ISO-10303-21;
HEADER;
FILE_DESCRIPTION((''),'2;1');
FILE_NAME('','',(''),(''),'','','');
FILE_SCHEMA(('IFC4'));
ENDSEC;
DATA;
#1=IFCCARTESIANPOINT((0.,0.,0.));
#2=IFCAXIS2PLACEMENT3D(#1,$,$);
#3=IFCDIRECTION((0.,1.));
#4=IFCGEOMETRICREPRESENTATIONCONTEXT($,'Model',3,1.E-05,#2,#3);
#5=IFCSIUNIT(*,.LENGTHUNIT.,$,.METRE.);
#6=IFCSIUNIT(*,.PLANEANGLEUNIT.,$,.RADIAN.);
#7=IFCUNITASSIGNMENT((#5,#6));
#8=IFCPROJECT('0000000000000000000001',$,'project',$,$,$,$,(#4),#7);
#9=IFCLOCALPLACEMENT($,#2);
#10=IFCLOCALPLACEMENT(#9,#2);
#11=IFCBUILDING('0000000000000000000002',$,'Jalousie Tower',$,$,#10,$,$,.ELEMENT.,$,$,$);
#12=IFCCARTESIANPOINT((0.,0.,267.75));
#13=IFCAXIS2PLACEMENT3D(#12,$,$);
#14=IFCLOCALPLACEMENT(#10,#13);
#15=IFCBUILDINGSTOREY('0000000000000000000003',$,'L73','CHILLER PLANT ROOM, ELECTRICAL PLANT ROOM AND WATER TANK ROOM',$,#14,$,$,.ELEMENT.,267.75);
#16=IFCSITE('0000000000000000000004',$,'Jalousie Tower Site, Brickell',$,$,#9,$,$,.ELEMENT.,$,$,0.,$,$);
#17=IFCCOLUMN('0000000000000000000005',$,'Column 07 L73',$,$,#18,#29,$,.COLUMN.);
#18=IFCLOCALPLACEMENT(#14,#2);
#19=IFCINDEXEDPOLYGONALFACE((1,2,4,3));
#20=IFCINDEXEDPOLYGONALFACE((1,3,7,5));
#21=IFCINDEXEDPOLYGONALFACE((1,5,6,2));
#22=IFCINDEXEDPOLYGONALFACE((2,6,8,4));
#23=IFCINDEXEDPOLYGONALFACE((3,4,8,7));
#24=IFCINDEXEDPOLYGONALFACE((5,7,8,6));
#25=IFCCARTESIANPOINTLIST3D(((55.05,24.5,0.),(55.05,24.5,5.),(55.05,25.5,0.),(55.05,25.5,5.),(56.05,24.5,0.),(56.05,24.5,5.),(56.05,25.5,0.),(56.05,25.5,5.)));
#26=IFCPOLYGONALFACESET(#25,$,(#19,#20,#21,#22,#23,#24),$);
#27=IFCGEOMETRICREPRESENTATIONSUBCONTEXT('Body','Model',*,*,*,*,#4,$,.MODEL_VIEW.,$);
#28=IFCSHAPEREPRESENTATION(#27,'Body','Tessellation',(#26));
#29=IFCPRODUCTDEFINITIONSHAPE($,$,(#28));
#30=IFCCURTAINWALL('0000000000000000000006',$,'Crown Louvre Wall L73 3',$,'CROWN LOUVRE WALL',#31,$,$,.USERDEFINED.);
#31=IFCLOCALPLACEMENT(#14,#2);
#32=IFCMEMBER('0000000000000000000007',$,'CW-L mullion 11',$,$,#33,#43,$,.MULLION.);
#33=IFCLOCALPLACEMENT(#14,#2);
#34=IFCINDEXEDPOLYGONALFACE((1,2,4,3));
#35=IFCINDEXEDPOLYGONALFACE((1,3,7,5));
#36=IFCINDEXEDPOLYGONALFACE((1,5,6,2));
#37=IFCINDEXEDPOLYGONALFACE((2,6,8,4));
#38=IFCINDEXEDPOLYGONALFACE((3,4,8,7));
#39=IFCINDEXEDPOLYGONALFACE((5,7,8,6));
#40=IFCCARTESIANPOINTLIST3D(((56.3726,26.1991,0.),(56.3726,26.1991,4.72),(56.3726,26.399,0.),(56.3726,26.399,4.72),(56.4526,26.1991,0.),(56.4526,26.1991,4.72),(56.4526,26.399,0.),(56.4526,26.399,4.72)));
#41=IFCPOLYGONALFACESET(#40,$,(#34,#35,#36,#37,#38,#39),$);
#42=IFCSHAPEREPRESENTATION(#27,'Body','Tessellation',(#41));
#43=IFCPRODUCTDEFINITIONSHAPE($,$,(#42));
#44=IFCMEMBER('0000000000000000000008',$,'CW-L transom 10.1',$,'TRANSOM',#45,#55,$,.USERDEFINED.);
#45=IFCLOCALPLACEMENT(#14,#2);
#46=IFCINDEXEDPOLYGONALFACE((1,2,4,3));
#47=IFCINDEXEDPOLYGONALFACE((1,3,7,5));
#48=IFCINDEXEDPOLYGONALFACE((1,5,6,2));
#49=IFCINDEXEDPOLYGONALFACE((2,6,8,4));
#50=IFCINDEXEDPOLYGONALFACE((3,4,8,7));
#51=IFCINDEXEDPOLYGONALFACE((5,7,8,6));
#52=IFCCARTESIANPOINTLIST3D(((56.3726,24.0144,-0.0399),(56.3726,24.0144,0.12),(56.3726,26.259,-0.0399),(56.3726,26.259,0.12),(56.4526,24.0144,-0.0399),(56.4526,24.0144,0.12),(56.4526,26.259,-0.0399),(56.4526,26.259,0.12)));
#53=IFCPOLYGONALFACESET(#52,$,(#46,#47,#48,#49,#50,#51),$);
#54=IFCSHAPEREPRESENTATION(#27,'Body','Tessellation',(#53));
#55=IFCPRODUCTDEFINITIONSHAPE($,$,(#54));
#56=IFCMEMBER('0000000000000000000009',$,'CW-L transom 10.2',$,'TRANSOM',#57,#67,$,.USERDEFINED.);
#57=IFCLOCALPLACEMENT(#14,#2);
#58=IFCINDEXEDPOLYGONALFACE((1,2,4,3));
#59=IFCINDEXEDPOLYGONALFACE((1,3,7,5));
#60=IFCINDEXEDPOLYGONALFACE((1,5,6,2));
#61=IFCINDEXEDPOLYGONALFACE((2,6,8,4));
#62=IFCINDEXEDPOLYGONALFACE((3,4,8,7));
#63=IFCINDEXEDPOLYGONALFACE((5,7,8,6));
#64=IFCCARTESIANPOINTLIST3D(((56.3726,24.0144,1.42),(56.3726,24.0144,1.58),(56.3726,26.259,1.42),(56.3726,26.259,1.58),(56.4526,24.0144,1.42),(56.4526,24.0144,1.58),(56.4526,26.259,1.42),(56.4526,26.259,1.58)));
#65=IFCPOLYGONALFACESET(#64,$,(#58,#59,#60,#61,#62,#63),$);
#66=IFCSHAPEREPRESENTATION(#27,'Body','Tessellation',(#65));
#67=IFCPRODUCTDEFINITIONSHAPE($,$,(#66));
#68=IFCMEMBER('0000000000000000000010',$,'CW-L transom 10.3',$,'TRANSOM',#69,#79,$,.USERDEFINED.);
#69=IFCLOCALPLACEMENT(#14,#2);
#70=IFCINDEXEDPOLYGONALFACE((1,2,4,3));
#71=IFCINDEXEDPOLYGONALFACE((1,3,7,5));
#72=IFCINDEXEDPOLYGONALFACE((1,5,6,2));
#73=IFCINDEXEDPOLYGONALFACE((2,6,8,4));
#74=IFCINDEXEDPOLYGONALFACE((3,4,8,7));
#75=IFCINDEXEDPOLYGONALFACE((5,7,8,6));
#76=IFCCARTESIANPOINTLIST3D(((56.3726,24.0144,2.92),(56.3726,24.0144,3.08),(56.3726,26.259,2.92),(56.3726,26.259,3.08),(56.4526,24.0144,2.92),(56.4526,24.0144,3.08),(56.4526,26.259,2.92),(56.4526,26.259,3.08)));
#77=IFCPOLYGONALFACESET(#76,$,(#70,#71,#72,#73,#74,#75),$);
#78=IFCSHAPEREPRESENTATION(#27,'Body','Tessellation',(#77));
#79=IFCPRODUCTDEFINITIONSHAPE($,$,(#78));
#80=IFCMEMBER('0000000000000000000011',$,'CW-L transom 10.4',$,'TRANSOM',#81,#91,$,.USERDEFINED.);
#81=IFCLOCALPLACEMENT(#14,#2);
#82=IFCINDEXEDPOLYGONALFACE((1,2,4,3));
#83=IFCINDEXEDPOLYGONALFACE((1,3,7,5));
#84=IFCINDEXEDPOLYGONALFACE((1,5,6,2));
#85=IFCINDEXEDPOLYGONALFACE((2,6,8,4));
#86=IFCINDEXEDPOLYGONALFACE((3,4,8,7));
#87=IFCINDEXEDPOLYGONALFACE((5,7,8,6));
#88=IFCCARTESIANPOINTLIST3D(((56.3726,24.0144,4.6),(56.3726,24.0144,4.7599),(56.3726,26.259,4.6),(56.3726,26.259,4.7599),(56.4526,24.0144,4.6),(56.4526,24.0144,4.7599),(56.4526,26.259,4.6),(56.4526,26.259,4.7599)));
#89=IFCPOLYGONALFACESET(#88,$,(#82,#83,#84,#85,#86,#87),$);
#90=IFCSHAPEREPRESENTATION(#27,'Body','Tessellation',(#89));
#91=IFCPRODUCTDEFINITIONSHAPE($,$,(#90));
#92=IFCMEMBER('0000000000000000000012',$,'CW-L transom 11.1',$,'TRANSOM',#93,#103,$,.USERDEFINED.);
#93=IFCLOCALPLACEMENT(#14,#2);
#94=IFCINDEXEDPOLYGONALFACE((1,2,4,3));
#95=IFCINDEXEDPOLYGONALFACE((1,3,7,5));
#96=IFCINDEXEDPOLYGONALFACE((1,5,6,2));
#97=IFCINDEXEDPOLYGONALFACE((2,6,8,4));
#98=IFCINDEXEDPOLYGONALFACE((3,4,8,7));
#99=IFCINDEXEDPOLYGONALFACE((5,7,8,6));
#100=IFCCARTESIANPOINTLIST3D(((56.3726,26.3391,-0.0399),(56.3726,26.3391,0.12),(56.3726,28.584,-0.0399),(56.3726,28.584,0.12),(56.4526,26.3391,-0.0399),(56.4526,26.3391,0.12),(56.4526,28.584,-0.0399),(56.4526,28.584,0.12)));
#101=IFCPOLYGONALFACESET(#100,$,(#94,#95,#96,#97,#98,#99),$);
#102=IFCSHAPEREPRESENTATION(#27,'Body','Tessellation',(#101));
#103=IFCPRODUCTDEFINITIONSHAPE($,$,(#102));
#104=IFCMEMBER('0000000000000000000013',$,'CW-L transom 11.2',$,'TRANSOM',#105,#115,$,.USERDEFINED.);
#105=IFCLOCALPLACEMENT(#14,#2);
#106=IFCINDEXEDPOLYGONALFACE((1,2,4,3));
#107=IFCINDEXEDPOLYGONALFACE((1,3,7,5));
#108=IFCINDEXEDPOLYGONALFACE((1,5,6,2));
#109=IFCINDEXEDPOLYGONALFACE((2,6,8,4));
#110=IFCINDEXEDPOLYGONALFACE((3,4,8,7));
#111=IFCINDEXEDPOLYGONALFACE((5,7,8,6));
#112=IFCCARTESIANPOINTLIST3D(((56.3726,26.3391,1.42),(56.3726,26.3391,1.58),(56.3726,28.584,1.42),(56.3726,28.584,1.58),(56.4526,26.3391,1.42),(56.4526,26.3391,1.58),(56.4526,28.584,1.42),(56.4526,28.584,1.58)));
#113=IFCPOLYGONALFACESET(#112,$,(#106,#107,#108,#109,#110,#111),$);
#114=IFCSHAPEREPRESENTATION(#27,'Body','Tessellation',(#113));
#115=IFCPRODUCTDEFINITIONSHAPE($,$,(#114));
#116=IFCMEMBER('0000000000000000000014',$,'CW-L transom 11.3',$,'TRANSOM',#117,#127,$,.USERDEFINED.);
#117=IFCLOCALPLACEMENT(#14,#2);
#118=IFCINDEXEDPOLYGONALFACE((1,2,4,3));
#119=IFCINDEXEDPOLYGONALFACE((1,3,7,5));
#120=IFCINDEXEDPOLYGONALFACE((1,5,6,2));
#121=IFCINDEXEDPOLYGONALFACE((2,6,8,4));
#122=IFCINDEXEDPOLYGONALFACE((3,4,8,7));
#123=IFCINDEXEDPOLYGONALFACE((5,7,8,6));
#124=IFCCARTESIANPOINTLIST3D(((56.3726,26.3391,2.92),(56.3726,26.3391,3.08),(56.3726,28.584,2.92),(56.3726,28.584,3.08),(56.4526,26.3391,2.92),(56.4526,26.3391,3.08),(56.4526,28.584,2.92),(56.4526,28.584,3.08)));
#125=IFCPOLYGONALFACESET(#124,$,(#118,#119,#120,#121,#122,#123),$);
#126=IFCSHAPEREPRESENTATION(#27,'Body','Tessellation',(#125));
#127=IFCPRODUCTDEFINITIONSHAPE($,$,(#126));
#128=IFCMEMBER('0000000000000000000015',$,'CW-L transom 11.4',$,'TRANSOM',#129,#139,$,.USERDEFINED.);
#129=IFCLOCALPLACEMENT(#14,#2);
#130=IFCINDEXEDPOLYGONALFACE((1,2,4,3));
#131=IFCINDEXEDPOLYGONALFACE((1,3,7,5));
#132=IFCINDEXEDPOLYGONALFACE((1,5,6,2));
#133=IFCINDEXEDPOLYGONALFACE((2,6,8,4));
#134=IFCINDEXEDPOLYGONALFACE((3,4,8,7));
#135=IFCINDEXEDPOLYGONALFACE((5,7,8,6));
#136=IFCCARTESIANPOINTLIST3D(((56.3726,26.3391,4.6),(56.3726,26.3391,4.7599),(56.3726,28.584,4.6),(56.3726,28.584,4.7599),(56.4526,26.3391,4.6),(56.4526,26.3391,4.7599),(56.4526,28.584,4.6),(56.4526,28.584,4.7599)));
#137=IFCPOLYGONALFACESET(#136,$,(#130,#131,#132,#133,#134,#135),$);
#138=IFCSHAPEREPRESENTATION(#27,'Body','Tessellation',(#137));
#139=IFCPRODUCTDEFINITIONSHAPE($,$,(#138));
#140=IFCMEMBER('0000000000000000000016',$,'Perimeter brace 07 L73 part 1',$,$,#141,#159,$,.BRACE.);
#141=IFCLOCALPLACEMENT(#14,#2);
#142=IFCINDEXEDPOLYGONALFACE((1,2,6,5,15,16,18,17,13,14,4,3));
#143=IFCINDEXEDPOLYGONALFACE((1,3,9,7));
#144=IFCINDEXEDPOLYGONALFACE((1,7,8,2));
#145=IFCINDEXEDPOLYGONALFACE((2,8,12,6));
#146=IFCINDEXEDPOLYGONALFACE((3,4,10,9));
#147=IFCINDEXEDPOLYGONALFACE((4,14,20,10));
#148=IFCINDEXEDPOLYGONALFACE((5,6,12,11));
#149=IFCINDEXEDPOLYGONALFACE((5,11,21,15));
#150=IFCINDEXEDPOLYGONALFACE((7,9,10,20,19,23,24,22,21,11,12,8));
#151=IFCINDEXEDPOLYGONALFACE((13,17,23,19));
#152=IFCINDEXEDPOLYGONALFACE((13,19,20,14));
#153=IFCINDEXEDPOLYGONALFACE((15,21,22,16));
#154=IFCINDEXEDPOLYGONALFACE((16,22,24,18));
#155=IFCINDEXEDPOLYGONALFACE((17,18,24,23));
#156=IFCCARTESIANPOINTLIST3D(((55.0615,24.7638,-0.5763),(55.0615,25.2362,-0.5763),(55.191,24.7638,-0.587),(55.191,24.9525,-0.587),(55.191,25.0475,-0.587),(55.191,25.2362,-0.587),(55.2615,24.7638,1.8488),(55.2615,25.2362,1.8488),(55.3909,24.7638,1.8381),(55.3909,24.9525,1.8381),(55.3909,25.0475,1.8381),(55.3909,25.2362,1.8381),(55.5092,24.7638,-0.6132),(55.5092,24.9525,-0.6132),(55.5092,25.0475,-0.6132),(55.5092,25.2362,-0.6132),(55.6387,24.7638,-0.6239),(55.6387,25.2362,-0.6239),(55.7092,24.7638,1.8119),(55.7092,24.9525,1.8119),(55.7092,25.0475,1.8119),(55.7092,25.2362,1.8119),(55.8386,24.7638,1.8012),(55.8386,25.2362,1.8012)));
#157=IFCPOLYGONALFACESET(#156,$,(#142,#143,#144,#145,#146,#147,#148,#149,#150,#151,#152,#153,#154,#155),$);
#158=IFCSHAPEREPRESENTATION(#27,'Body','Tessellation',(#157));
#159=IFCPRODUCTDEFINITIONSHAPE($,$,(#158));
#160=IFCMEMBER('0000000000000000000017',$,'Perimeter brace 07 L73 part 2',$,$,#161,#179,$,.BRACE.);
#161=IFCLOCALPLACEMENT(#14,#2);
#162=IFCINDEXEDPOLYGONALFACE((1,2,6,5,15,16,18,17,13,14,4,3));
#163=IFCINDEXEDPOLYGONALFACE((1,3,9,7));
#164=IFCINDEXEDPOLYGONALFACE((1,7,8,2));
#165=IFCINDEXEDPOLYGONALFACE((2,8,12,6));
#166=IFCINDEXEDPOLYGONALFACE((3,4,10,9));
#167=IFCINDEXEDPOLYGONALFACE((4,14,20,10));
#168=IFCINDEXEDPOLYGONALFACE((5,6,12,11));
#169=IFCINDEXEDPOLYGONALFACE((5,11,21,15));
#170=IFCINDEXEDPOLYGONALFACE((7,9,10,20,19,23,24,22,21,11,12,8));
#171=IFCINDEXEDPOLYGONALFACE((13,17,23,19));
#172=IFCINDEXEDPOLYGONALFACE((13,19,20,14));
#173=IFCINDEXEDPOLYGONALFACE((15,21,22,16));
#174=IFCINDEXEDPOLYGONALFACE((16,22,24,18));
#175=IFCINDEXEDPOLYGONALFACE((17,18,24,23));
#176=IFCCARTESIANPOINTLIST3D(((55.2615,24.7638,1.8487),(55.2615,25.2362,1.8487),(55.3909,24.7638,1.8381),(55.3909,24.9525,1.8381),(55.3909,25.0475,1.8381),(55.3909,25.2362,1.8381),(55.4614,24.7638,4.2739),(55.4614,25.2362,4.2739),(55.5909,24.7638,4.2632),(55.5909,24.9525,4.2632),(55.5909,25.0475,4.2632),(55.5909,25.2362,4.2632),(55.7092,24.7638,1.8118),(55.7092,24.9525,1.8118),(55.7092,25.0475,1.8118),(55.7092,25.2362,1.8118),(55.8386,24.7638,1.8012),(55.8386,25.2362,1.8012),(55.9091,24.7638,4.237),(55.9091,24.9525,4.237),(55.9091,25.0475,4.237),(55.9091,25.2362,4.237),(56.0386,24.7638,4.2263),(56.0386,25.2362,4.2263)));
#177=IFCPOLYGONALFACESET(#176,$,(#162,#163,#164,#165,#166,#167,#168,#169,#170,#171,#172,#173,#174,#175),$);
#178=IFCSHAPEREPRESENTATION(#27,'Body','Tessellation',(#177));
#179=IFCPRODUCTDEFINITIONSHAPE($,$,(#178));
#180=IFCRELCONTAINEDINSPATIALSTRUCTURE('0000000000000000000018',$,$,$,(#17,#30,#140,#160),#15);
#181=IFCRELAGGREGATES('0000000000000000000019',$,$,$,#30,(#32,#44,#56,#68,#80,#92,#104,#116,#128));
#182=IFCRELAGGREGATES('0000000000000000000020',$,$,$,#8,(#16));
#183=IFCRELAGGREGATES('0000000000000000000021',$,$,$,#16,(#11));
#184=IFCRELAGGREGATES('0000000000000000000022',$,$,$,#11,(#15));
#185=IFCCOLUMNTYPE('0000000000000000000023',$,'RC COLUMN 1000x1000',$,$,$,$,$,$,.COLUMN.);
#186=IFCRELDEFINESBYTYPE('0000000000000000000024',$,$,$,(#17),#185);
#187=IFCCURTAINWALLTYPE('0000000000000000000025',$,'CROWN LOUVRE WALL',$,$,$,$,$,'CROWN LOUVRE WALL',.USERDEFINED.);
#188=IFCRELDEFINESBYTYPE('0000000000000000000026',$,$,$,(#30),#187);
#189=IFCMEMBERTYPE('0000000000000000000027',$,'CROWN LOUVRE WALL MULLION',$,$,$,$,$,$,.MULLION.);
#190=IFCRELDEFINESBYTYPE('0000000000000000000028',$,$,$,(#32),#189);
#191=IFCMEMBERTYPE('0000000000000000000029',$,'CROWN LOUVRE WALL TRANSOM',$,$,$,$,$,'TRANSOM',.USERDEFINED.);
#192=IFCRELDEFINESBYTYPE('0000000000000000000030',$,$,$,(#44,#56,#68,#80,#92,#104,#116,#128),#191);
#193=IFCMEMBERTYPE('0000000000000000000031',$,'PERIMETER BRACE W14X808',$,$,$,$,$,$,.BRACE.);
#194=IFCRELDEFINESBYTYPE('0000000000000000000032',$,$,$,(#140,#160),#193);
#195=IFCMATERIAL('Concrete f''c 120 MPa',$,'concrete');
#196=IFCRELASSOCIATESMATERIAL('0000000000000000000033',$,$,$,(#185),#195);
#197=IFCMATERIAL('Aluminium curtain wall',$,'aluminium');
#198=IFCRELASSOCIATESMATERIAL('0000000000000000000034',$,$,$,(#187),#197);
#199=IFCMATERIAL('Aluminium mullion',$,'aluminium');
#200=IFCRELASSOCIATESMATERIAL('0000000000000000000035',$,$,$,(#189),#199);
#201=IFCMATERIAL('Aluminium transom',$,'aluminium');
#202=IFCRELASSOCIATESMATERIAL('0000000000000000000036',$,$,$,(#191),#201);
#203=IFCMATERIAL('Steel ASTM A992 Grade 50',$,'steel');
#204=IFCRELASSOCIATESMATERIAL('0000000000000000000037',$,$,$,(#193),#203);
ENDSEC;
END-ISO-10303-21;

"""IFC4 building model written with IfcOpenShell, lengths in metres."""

from ifc_helpers import new_model, si_unit, direction, frame, origin, origin_2d, place, context, subcontext, project, spatial, rectangle, i_section, extrude, material, material_profile, profile_set, type_object, element, aggregate, save


model = new_model("IFC4")

# Units and contexts
model_context = context("Model", 3, precision=1e-05, world=origin(), true_north=direction((0.0, 1.0)))
body_context = subcontext(model_context, "Body", "Model", "MODEL_VIEW")
ifc_project = project(units=[si_unit("LENGTHUNIT", "METRE"), si_unit("PLANEANGLEUNIT", "RADIAN")], contexts=[model_context])

# Site, building, storey
site_placement = place(None, origin())
site = spatial("IfcSite", under=ifc_project, at=site_placement, Name="Jalousie Tower Site, Brickell", CompositionType="ELEMENT", RefElevation=0.0)
building_placement = place(site_placement, origin())
building = spatial("IfcBuilding", under=site, at=building_placement, Name="Jalousie Tower", CompositionType="ELEMENT")
storey_placement = place(building_placement, frame((0.0, 0.0, 267.75)))
storey = spatial("IfcBuildingStorey", under=building, at=storey_placement, Name="L73", Description="CHILLER PLANT ROOM, ELECTRICAL PLANT ROOM AND WATER TANK ROOM", CompositionType="ELEMENT", Elevation=267.75)

# Column
ifc_material_1 = material(Name="Concrete f'c 120 MPa", Category="concrete")
ifc_material_profile_1 = material_profile(ifc_material_1, rectangle(XDim=1.0, YDim=1.0, at=origin_2d()), Name="RC 1000x1000")
ifc_profile_set_1 = profile_set([ifc_material_profile_1], Name="Concrete f'c 120 MPa")
column_type = type_object("IfcColumnType", Name="RC COLUMN 1000x1000", PredefinedType="COLUMN", material=ifc_profile_set_1)
column_placement = place(storey_placement, frame((55.55, 25.0, 0.0), z_axis=(0.0, 0.0, 1.0), x_axis=(1.0, 0.0, 0.0)))
element("IfcColumn", 1, at=column_placement, inside=storey, type_object=column_type, Name="Column 07 L73", PredefinedType="COLUMN", context=body_context, shape_type="SweptSolid", body=[
    extrude(rectangle(XDim=1.0, YDim=1.0, at=origin_2d()), origin(), (0.0, 0.0, 1.0), 5.0),
])

# Curtain wall, members
ifc_material_2 = material(Name="Aluminium curtain wall", Category="aluminium")
curtain_wall_type = type_object("IfcCurtainWallType", Name="CROWN LOUVRE WALL", ElementType="CROWN LOUVRE WALL", PredefinedType="USERDEFINED", material=ifc_material_2)
curtain_wall_placement = place(storey_placement, origin())
curtain_wall = element("IfcCurtainWall", 2, at=curtain_wall_placement, inside=storey, type_object=curtain_wall_type, Name="Crown Louvre Wall L73 3", ObjectType="CROWN LOUVRE WALL", PredefinedType="USERDEFINED")
ifc_material_3 = material(Name="Aluminium mullion", Category="aluminium")
ifc_material_profile_2 = material_profile(ifc_material_3, rectangle(XDim=0.0801, YDim=0.2, at=origin_2d()), Name="MULLION 80x200")
ifc_profile_set_2 = profile_set([ifc_material_profile_2], Name="Aluminium mullion")
member_type_1 = type_object("IfcMemberType", Name="CROWN LOUVRE WALL MULLION", PredefinedType="MULLION", material=ifc_profile_set_2)
member_1_placement = place(storey_placement, frame((56.4126, 26.2991, 0.0), z_axis=(0.0, 0.0, 1.0), x_axis=(-1.0, 0.0, 0.0)))
member_1 = element("IfcMember", 3, at=member_1_placement, type_object=member_type_1, Name="CW-L mullion 11", PredefinedType="MULLION", context=body_context, shape_type="SweptSolid", body=[
    extrude(rectangle(XDim=0.0801, YDim=0.2, at=origin_2d()), origin(), (0.0, 0.0, 1.0), 4.72),
])
ifc_material_4 = material(Name="Aluminium transom", Category="aluminium")
ifc_material_profile_3 = material_profile(ifc_material_4, rectangle(XDim=0.0801, YDim=0.1599, at=origin_2d()), Name="TRANSOM 80x160")
ifc_profile_set_3 = profile_set([ifc_material_profile_3], Name="Aluminium transom")
member_type_2 = type_object("IfcMemberType", Name="CROWN LOUVRE WALL TRANSOM", ElementType="TRANSOM", PredefinedType="USERDEFINED", material=ifc_profile_set_3)
member_2_placement = place(storey_placement, frame((56.4126, 24.0144, 0.04), z_axis=(0.0, 1.0, 0.0), x_axis=(-1.0, 0.0, 0.0)))
member_2 = element("IfcMember", 4, at=member_2_placement, type_object=member_type_2, Name="CW-L transom 10.1", ObjectType="TRANSOM", PredefinedType="USERDEFINED", context=body_context, shape_type="SweptSolid", body=[
    extrude(rectangle(XDim=0.0801, YDim=0.1599, at=origin_2d()), origin(), (0.0, 0.0, 1.0), 2.2446),
])
member_3_placement = place(storey_placement, frame((56.4126, 24.0144, 1.5), z_axis=(0.0, 1.0, 0.0), x_axis=(-1.0, 0.0, 0.0)))
member_3 = element("IfcMember", 5, at=member_3_placement, type_object=member_type_2, Name="CW-L transom 10.2", ObjectType="TRANSOM", PredefinedType="USERDEFINED", context=body_context, shape_type="SweptSolid", body=[
    extrude(rectangle(XDim=0.0801, YDim=0.1599, at=origin_2d()), origin(), (0.0, 0.0, 1.0), 2.2446),
])
member_4_placement = place(storey_placement, frame((56.4126, 24.0144, 3.0), z_axis=(0.0, 1.0, 0.0), x_axis=(-1.0, 0.0, 0.0)))
member_4 = element("IfcMember", 6, at=member_4_placement, type_object=member_type_2, Name="CW-L transom 10.3", ObjectType="TRANSOM", PredefinedType="USERDEFINED", context=body_context, shape_type="SweptSolid", body=[
    extrude(rectangle(XDim=0.0801, YDim=0.1599, at=origin_2d()), origin(), (0.0, 0.0, 1.0), 2.2446),
])
member_5_placement = place(storey_placement, frame((56.4126, 24.0144, 4.6799), z_axis=(0.0, 1.0, 0.0), x_axis=(-1.0, 0.0, 0.0)))
member_5 = element("IfcMember", 7, at=member_5_placement, type_object=member_type_2, Name="CW-L transom 10.4", ObjectType="TRANSOM", PredefinedType="USERDEFINED", context=body_context, shape_type="SweptSolid", body=[
    extrude(rectangle(XDim=0.0801, YDim=0.1599, at=origin_2d()), origin(), (0.0, 0.0, 1.0), 2.2446),
])
member_6_placement = place(storey_placement, frame((56.4126, 26.3391, 0.04), z_axis=(0.0, 1.0, 0.0), x_axis=(-1.0, 0.0, 0.0)))
member_6 = element("IfcMember", 8, at=member_6_placement, type_object=member_type_2, Name="CW-L transom 11.1", ObjectType="TRANSOM", PredefinedType="USERDEFINED", context=body_context, shape_type="SweptSolid", body=[
    extrude(rectangle(XDim=0.0801, YDim=0.1599, at=origin_2d()), origin(), (0.0, 0.0, 1.0), 2.2449),
])
member_7_placement = place(storey_placement, frame((56.4126, 26.3391, 1.5), z_axis=(0.0, 1.0, 0.0), x_axis=(-1.0, 0.0, 0.0)))
member_7 = element("IfcMember", 9, at=member_7_placement, type_object=member_type_2, Name="CW-L transom 11.2", ObjectType="TRANSOM", PredefinedType="USERDEFINED", context=body_context, shape_type="SweptSolid", body=[
    extrude(rectangle(XDim=0.0801, YDim=0.1599, at=origin_2d()), origin(), (0.0, 0.0, 1.0), 2.2449),
])
member_8_placement = place(storey_placement, frame((56.4126, 26.3391, 3.0), z_axis=(0.0, 1.0, 0.0), x_axis=(-1.0, 0.0, 0.0)))
member_8 = element("IfcMember", 10, at=member_8_placement, type_object=member_type_2, Name="CW-L transom 11.3", ObjectType="TRANSOM", PredefinedType="USERDEFINED", context=body_context, shape_type="SweptSolid", body=[
    extrude(rectangle(XDim=0.0801, YDim=0.1599, at=origin_2d()), origin(), (0.0, 0.0, 1.0), 2.2449),
])
member_9_placement = place(storey_placement, frame((56.4126, 26.3391, 4.6799), z_axis=(0.0, 1.0, 0.0), x_axis=(-1.0, 0.0, 0.0)))
member_9 = element("IfcMember", 11, at=member_9_placement, type_object=member_type_2, Name="CW-L transom 11.4", ObjectType="TRANSOM", PredefinedType="USERDEFINED", context=body_context, shape_type="SweptSolid", body=[
    extrude(rectangle(XDim=0.0801, YDim=0.1599, at=origin_2d()), origin(), (0.0, 0.0, 1.0), 2.2449),
])

# Members
ifc_material_5 = material(Name="Steel ASTM A992 Grade 50", Category="steel")
ifc_material_profile_4 = material_profile(ifc_material_5, i_section(OverallWidth=0.4724, OverallDepth=0.5791, WebThickness=0.095, FlangeThickness=0.1299, at=origin_2d()), Name="W14X808")
ifc_profile_set_4 = profile_set([ifc_material_profile_4], Name="Steel ASTM A992 Grade 50")
member_type_3 = type_object("IfcMemberType", Name="PERIMETER BRACE W14X808", PredefinedType="BRACE", material=ifc_profile_set_4)
for number, where, z_axis, x_axis, name in (
    (12, (55.3501, 25.0, -0.6001), (0.082174, 0.0, 0.996618), (0.0, 1.0, 0.0), "Perimeter brace 07 L73 part 1"),
    (13, (55.55, 25.0, 1.825), (0.082174, 0.0, 0.996618), (0.0, 1.0, 0.0), "Perimeter brace 07 L73 part 2"),
):
    element("IfcMember", number, at=place(storey_placement, frame(where, z_axis=z_axis, x_axis=x_axis)), inside=storey, type_object=member_type_3, Name=name, PredefinedType="BRACE", context=body_context, shape_type="SweptSolid", body=[
        extrude(i_section(OverallWidth=0.4724, OverallDepth=0.5791, WebThickness=0.095, FlangeThickness=0.1299, at=origin_2d()), origin(), (0.0, 0.0, 1.0), 2.4333),
    ])

aggregate(curtain_wall, [member_1, member_2, member_3, member_4, member_5, member_6, member_7, member_8, member_9])

save(model, "model.ifc")
